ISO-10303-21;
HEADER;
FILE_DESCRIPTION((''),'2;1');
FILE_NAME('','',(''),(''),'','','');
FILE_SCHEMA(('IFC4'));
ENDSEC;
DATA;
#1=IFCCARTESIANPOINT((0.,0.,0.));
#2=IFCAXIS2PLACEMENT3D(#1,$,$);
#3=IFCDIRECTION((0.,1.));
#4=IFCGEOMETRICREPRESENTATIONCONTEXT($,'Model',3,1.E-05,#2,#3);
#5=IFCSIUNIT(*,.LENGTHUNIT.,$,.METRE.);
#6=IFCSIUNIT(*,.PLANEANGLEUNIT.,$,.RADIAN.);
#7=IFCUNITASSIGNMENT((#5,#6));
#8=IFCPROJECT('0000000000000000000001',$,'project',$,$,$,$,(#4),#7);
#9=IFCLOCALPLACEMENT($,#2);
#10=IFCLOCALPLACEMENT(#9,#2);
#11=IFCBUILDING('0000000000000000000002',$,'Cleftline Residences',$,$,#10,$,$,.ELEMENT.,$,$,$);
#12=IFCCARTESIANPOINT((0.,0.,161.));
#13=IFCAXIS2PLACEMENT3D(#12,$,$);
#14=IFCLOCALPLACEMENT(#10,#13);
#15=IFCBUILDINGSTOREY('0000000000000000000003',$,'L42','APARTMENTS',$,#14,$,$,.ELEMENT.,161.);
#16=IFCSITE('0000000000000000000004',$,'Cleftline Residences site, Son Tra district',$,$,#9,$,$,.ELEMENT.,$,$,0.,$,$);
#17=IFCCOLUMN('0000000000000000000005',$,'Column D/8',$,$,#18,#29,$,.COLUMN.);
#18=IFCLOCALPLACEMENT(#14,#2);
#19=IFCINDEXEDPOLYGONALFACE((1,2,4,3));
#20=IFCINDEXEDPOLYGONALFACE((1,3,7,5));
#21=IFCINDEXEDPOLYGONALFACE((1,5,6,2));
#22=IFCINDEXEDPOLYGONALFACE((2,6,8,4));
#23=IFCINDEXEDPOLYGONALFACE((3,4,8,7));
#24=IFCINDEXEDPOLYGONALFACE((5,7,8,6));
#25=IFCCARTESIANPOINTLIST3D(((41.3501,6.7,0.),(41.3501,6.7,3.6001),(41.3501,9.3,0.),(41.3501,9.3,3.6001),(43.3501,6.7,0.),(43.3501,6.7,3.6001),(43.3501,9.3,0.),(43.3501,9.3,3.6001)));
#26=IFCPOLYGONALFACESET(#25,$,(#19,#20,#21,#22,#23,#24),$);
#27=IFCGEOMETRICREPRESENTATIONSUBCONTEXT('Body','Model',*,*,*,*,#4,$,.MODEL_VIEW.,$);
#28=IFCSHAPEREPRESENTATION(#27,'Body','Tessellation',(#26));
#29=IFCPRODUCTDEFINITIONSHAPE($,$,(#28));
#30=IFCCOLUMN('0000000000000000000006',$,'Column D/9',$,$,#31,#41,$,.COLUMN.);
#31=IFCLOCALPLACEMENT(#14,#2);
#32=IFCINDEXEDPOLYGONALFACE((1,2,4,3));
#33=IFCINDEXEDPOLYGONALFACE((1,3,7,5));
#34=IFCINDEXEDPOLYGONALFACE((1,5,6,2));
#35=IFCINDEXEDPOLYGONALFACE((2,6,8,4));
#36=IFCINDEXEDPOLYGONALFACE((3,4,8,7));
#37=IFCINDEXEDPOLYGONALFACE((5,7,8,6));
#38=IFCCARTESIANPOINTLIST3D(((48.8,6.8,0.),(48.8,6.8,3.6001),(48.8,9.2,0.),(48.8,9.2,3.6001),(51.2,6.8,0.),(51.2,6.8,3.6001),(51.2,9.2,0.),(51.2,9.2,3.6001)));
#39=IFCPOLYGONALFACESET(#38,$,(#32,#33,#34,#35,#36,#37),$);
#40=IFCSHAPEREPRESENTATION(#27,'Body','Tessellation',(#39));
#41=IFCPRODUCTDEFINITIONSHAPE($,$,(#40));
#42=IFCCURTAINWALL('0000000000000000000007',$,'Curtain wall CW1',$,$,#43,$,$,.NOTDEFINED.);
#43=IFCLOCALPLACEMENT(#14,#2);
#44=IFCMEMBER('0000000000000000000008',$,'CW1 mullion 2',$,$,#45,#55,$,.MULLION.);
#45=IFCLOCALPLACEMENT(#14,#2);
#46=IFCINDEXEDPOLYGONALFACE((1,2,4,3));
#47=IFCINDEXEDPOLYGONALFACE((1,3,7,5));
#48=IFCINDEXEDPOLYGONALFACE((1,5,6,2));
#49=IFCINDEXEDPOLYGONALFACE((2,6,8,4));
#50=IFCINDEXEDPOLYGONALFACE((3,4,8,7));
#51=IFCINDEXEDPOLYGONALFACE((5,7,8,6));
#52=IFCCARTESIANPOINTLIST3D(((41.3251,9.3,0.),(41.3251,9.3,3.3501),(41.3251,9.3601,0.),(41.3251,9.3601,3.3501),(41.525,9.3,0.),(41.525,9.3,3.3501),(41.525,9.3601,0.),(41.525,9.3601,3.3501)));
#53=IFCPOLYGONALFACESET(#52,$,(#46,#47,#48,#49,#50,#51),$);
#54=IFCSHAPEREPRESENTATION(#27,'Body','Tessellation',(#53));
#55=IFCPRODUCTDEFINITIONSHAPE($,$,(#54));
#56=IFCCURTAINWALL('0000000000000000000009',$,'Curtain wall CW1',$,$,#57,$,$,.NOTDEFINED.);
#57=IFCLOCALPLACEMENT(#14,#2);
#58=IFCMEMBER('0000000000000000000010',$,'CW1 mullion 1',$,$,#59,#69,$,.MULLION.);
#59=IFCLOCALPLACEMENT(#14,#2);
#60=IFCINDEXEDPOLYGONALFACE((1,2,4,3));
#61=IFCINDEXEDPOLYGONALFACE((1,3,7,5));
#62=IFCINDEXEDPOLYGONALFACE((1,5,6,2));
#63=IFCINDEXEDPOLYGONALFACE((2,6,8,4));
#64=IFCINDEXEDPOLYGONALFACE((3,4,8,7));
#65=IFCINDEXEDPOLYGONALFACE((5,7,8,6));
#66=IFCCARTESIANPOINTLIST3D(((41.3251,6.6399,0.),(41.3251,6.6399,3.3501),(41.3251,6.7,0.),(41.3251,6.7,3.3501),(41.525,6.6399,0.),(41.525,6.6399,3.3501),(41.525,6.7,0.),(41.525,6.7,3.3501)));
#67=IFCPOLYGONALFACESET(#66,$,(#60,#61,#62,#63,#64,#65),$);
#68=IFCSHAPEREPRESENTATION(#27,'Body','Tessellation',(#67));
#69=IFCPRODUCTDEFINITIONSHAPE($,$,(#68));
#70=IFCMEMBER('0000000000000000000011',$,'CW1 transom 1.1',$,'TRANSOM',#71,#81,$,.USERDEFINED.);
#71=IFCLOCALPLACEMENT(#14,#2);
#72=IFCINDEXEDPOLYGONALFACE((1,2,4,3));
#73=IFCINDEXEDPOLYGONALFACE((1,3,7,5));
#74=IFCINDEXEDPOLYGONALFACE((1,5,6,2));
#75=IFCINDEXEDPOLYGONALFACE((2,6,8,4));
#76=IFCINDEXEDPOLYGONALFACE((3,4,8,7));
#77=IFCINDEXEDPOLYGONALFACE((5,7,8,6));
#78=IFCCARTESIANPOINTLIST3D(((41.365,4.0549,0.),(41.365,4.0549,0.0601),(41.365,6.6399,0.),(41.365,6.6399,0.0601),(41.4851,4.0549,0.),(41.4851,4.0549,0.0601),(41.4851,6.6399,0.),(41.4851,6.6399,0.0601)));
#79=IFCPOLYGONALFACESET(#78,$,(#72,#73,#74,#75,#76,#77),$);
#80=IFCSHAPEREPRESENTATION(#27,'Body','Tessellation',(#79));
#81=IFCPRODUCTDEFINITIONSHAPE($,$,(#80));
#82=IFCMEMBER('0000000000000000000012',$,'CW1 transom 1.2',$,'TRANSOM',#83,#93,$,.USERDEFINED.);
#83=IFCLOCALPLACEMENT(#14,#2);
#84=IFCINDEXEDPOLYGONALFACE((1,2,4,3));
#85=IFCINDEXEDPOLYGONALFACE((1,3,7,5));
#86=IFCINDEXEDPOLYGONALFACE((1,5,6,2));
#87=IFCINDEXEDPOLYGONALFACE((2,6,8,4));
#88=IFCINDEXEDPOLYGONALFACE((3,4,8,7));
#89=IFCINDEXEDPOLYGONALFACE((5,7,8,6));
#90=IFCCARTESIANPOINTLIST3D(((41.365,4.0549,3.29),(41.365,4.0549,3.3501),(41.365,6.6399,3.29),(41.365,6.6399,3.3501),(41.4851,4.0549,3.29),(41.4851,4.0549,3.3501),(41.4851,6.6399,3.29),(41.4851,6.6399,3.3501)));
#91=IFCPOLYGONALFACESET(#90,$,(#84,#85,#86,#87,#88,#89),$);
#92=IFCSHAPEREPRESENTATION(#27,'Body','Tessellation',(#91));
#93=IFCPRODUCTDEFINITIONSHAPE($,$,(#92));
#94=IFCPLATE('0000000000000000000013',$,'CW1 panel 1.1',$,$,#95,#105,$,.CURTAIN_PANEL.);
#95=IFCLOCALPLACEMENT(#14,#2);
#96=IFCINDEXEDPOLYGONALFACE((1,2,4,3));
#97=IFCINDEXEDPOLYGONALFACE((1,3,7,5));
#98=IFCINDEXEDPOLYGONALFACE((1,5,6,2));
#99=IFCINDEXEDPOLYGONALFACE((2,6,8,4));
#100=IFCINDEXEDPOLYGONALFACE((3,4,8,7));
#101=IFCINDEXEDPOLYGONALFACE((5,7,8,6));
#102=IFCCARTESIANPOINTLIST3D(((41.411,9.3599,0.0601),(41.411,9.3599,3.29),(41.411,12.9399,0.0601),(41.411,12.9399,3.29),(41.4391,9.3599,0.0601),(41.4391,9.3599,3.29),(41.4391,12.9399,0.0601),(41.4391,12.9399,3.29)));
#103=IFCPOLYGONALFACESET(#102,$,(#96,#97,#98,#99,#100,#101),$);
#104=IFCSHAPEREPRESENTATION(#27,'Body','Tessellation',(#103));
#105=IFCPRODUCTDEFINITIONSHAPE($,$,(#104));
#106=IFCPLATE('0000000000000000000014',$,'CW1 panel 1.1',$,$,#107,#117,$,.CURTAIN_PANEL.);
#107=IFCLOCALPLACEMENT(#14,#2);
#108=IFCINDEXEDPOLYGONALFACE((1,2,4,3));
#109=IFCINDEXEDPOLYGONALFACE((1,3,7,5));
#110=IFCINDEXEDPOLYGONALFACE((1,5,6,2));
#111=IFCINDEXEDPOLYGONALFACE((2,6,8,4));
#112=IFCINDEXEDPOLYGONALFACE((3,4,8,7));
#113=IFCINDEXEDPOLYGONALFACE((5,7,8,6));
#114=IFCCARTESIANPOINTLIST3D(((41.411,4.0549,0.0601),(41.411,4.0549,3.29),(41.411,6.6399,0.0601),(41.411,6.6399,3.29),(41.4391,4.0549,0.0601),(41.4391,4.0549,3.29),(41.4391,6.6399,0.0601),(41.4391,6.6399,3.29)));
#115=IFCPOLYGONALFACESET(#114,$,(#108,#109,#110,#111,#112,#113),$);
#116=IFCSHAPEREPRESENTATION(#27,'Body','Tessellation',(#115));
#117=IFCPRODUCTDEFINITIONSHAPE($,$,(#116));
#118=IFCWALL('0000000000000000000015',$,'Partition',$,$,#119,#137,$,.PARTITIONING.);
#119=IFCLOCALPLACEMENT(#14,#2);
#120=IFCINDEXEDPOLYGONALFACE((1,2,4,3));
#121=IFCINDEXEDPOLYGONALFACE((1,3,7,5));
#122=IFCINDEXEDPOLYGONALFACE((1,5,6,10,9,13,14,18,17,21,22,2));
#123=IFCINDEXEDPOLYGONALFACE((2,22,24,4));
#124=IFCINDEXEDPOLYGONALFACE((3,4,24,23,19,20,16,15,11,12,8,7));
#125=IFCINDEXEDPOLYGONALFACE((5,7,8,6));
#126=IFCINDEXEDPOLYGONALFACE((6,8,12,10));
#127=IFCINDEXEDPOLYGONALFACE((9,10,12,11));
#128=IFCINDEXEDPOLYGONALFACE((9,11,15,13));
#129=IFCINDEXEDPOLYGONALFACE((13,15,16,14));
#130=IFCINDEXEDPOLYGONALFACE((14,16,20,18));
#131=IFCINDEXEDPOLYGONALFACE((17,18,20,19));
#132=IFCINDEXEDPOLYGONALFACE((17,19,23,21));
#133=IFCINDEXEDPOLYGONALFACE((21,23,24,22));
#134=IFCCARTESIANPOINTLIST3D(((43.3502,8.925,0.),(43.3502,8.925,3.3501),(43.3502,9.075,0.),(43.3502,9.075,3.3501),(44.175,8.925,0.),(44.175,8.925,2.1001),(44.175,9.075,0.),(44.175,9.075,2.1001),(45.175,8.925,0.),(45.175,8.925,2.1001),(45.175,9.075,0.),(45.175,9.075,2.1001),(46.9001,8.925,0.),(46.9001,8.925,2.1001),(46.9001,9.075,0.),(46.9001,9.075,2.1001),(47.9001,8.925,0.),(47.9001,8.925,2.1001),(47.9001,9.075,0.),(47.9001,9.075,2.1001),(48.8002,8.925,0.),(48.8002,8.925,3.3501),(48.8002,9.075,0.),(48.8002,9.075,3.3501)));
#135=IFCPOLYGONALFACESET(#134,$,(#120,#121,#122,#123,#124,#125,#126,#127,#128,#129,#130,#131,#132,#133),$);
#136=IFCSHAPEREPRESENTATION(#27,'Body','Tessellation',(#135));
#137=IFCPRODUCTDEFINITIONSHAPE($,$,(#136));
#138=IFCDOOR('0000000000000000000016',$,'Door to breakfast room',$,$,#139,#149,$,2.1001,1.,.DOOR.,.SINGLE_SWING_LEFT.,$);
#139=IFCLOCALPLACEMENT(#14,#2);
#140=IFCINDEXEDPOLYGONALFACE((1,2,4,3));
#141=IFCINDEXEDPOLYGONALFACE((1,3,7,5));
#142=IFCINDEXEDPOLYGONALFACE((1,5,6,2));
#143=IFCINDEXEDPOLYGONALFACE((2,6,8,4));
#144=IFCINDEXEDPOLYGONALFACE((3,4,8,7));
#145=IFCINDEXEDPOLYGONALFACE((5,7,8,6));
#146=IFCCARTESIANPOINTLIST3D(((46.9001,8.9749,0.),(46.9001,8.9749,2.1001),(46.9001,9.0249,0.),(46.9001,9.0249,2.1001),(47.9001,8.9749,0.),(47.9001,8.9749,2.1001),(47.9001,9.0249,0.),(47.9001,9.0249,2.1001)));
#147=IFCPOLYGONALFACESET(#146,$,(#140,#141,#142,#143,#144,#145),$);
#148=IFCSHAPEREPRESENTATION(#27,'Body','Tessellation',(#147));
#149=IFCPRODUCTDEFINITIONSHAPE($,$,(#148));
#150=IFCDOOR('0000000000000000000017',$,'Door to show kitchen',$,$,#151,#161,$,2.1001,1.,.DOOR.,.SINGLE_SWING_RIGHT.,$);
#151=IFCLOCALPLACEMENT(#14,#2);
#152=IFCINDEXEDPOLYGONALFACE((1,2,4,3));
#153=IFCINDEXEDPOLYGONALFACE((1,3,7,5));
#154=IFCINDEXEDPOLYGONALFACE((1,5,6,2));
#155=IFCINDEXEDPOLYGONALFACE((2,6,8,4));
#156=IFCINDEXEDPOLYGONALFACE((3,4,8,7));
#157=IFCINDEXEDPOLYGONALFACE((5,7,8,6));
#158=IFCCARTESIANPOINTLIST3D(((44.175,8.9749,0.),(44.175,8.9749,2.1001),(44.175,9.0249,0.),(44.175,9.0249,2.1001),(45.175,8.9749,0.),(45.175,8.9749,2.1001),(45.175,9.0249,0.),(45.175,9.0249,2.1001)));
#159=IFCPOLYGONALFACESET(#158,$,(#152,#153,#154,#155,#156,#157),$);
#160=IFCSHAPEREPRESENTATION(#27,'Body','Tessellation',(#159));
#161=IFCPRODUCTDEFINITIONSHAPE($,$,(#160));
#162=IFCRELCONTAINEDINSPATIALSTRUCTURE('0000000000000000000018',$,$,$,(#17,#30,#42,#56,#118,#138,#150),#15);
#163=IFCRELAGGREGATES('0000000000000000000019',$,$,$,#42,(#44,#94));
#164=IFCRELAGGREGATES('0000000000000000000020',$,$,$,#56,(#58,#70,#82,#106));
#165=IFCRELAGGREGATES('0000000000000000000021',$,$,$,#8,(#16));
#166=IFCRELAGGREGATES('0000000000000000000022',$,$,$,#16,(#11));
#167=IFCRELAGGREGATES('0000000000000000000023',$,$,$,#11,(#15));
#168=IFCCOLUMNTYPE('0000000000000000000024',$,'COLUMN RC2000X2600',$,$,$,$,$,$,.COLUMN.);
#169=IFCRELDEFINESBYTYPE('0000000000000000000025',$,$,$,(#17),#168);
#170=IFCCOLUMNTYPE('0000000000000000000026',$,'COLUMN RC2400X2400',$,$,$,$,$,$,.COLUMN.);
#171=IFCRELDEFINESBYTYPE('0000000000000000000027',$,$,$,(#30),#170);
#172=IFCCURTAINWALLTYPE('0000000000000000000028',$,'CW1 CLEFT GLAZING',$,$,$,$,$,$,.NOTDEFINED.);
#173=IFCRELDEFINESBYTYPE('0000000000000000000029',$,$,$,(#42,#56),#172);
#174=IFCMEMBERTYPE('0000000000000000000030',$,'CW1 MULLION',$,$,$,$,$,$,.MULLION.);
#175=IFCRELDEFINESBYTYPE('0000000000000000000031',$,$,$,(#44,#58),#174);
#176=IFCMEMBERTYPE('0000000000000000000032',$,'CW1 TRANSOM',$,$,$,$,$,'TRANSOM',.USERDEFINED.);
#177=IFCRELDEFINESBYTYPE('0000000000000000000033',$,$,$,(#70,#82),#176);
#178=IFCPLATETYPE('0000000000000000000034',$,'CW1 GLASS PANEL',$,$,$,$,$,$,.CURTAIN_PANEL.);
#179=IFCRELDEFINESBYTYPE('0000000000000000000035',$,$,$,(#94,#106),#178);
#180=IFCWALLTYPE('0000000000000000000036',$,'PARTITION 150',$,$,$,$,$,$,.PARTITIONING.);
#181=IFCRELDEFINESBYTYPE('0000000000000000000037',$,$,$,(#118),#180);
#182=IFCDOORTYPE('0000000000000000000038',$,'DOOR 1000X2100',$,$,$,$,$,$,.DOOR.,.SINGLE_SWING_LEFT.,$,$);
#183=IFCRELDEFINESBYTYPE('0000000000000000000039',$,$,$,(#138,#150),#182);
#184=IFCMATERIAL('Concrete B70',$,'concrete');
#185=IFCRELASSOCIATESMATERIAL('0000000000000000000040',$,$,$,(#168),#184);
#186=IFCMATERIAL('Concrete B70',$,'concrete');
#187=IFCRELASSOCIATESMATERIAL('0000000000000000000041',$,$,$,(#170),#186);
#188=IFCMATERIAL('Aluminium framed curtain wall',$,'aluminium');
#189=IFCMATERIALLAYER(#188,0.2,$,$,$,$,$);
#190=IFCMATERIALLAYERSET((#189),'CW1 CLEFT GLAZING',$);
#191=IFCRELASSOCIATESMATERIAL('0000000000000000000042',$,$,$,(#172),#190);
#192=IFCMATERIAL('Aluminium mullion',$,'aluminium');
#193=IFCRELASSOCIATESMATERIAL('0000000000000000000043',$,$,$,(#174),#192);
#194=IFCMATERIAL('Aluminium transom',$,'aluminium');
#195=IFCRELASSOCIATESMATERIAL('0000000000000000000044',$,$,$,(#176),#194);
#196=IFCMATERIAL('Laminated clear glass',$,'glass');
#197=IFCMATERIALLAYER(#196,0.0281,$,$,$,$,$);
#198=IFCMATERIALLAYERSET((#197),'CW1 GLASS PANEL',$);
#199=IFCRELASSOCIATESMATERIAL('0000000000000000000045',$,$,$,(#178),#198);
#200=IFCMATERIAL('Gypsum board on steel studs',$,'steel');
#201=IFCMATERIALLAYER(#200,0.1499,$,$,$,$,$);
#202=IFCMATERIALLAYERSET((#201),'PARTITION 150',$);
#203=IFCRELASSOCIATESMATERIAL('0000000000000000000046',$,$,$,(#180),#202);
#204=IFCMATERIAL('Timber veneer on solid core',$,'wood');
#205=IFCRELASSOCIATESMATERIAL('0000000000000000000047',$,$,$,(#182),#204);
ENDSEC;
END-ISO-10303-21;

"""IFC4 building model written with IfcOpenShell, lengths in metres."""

from ifc_helpers import new_model, si_unit, direction, frame, frame_2d, origin, origin_2d, place, context, subcontext, project, spatial, rectangle, extrude, material, layer, layer_set, material_profile, profile_set, type_object, element, fill, aggregate, save


model = new_model("IFC4")

# Units and contexts
model_context = context("Model", 3, precision=1e-05, world=origin(), true_north=direction((0.0, 1.0)))
body_context = subcontext(model_context, "Body", "Model", "MODEL_VIEW")
ifc_project = project(units=[si_unit("LENGTHUNIT", "METRE"), si_unit("PLANEANGLEUNIT", "RADIAN")], contexts=[model_context])

# Site, building, storey
site_placement = place(None, origin())
site = spatial("IfcSite", under=ifc_project, at=site_placement, Name="Cleftline Residences site, Son Tra district", CompositionType="ELEMENT", RefElevation=0.0)
building_placement = place(site_placement, origin())
building = spatial("IfcBuilding", under=site, at=building_placement, Name="Cleftline Residences", CompositionType="ELEMENT")
storey_placement = place(building_placement, frame((0.0, 0.0, 161.0)))
storey = spatial("IfcBuildingStorey", under=building, at=storey_placement, Name="L42", Description="APARTMENTS", CompositionType="ELEMENT", Elevation=161.0)

# Columns
ifc_material_1 = material(Name="Concrete B70", Category="concrete")
ifc_material_profile_1 = material_profile(ifc_material_1, rectangle(XDim=2.0, YDim=2.6001, at=origin_2d()))
ifc_profile_set_1 = profile_set([ifc_material_profile_1], Name="Concrete B70")
column_type_1 = type_object("IfcColumnType", Name="COLUMN RC2000X2600", PredefinedType="COLUMN", material=ifc_profile_set_1)
column_1_placement = place(storey_placement, frame((42.3501, 8.0, 0.0), z_axis=(0.0, 0.0, 1.0), x_axis=(1.0, 0.0, 0.0)))
element("IfcColumn", 1, at=column_1_placement, inside=storey, type_object=column_type_1, Name="Column D/8", PredefinedType="COLUMN", context=body_context, shape_type="SweptSolid", body=[
    extrude(rectangle(XDim=2.0, YDim=2.6001, at=origin_2d()), origin(), (0.0, 0.0, 1.0), 3.6001),
])
ifc_material_2 = material(Name="Concrete B70", Category="concrete")
ifc_material_profile_2 = material_profile(ifc_material_2, rectangle(XDim=2.3999, YDim=2.3999, at=origin_2d()))
ifc_profile_set_2 = profile_set([ifc_material_profile_2], Name="Concrete B70")
column_type_2 = type_object("IfcColumnType", Name="COLUMN RC2400X2400", PredefinedType="COLUMN", material=ifc_profile_set_2)
column_2_placement = place(storey_placement, frame((50.0, 8.0, 0.0), z_axis=(0.0, 0.0, 1.0), x_axis=(1.0, 0.0, 0.0)))
element("IfcColumn", 2, at=column_2_placement, inside=storey, type_object=column_type_2, Name="Column D/9", PredefinedType="COLUMN", context=body_context, shape_type="SweptSolid", body=[
    extrude(rectangle(XDim=2.3999, YDim=2.3999, at=origin_2d()), origin(), (0.0, 0.0, 1.0), 3.6001),
])

# Curtain wall, member
ifc_material_3 = material(Name="Aluminium framed curtain wall", Category="aluminium")
ifc_layer_1 = layer(ifc_material_3, 0.2)
ifc_layer_set_1 = layer_set([ifc_layer_1], Name="CW1 CLEFT GLAZING")
curtain_wall_type = type_object("IfcCurtainWallType", Name="CW1 CLEFT GLAZING", PredefinedType="NOTDEFINED", material=ifc_layer_set_1)
curtain_wall_1_placement = place(storey_placement, origin())
curtain_wall_1 = element("IfcCurtainWall", 3, at=curtain_wall_1_placement, inside=storey, type_object=curtain_wall_type, Name="Curtain wall CW1", PredefinedType="NOTDEFINED")
ifc_material_4 = material(Name="Aluminium mullion", Category="aluminium")
ifc_material_profile_3 = material_profile(ifc_material_4, rectangle(XDim=0.2, YDim=0.0601, at=origin_2d()))
ifc_profile_set_3 = profile_set([ifc_material_profile_3], Name="Aluminium mullion")
member_type_1 = type_object("IfcMemberType", Name="CW1 MULLION", PredefinedType="MULLION", material=ifc_profile_set_3)
member_1_placement = place(storey_placement, frame((41.425, 9.3301, 0.0), z_axis=(0.0, 0.0, 1.0), x_axis=(1.0, 0.0, 0.0)))
member_1 = element("IfcMember", 4, at=member_1_placement, type_object=member_type_1, Name="CW1 mullion 2", PredefinedType="MULLION", context=body_context, shape_type="SweptSolid", body=[
    extrude(rectangle(XDim=0.2, YDim=0.0601, at=origin_2d()), origin(), (0.0, 0.0, 1.0), 3.3501),
])

# Curtain wall, members
curtain_wall_2_placement = place(storey_placement, origin())
curtain_wall_2 = element("IfcCurtainWall", 5, at=curtain_wall_2_placement, inside=storey, type_object=curtain_wall_type, Name="Curtain wall CW1", PredefinedType="NOTDEFINED")
member_2_placement = place(storey_placement, frame((41.425, 6.6699, 0.0), z_axis=(0.0, 0.0, 1.0), x_axis=(1.0, 0.0, 0.0)))
member_2 = element("IfcMember", 6, at=member_2_placement, type_object=member_type_1, Name="CW1 mullion 1", PredefinedType="MULLION", context=body_context, shape_type="SweptSolid", body=[
    extrude(rectangle(XDim=0.2, YDim=0.0601, at=origin_2d()), origin(), (0.0, 0.0, 1.0), 3.3501),
])
ifc_material_5 = material(Name="Aluminium transom", Category="aluminium")
ifc_material_profile_4 = material_profile(ifc_material_5, rectangle(XDim=0.1201, YDim=0.0601, at=origin_2d()))
ifc_profile_set_4 = profile_set([ifc_material_profile_4], Name="Aluminium transom")
member_type_2 = type_object("IfcMemberType", Name="CW1 TRANSOM", ElementType="TRANSOM", PredefinedType="USERDEFINED", material=ifc_profile_set_4)
member_3_placement = place(storey_placement, frame((41.425, 6.6399, 0.03), z_axis=(0.0, -1.0, 0.0), x_axis=(1.0, 0.0, 0.0)))
member_3 = element("IfcMember", 7, at=member_3_placement, type_object=member_type_2, Name="CW1 transom 1.1", ObjectType="TRANSOM", PredefinedType="USERDEFINED", context=body_context, shape_type="SweptSolid", body=[
    extrude(rectangle(XDim=0.1201, YDim=0.0601, at=origin_2d()), origin(), (0.0, 0.0, 1.0), 2.585),
])
member_4_placement = place(storey_placement, frame((41.425, 6.6399, 3.3201), z_axis=(0.0, -1.0, 0.0), x_axis=(1.0, 0.0, 0.0)))
member_4 = element("IfcMember", 8, at=member_4_placement, type_object=member_type_2, Name="CW1 transom 1.2", ObjectType="TRANSOM", PredefinedType="USERDEFINED", context=body_context, shape_type="SweptSolid", body=[
    extrude(rectangle(XDim=0.1201, YDim=0.0601, at=origin_2d()), origin(), (0.0, 0.0, 1.0), 2.585),
])

# Plates
ifc_material_6 = material(Name="Laminated clear glass", Category="glass")
ifc_layer_2 = layer(ifc_material_6, 0.0281)
ifc_layer_set_2 = layer_set([ifc_layer_2], Name="CW1 GLASS PANEL")
plate_type = type_object("IfcPlateType", Name="CW1 GLASS PANEL", PredefinedType="CURTAIN_PANEL", material=ifc_layer_set_2)
plate_1_placement = place(storey_placement, frame((41.425, 11.1499, 0.0601), z_axis=(0.0, 0.0, 1.0), x_axis=(0.0, -1.0, 0.0)))
plate_1 = element("IfcPlate", 9, at=plate_1_placement, type_object=plate_type, Name="CW1 panel 1.1", PredefinedType="CURTAIN_PANEL", context=body_context, shape_type="SweptSolid", body=[
    extrude(rectangle(XDim=3.5801, YDim=0.0281, at=origin_2d()), origin(), (0.0, 0.0, 1.0), 3.23),
])
aggregate(curtain_wall_1, [member_1, plate_1])
plate_2_placement = place(storey_placement, frame((41.425, 5.3474, 0.0601), z_axis=(0.0, 0.0, 1.0), x_axis=(0.0, -1.0, 0.0)))
plate_2 = element("IfcPlate", 10, at=plate_2_placement, type_object=plate_type, Name="CW1 panel 1.1", PredefinedType="CURTAIN_PANEL", context=body_context, shape_type="SweptSolid", body=[
    extrude(rectangle(XDim=2.585, YDim=0.0281, at=origin_2d()), origin(), (0.0, 0.0, 1.0), 3.23),
])
aggregate(curtain_wall_2, [member_2, member_3, member_4, plate_2])

# Wall, openings, doors
ifc_material_7 = material(Name="Gypsum board on steel studs", Category="steel")
ifc_layer_3 = layer(ifc_material_7, 0.1499)
ifc_layer_set_3 = layer_set([ifc_layer_3], Name="PARTITION 150")
wall_type = type_object("IfcWallType", Name="PARTITION 150", PredefinedType="PARTITIONING", material=ifc_layer_set_3)
wall_1_placement = place(storey_placement, frame((43.3501, 9.0, 0.0), z_axis=(0.0, 0.0, 1.0), x_axis=(1.0, 0.0, 0.0)))
wall_1 = element("IfcWall", 11, at=wall_1_placement, inside=storey, type_object=wall_type, Name="Partition", PredefinedType="PARTITIONING", context=body_context, shape_type="SweptSolid", body=[
    extrude(rectangle(XDim=5.45, YDim=0.1499, at=frame_2d((2.7251, 0.0))), origin(), (0.0, 0.0, 1.0), 3.3501),
])
opening_1_placement = place(wall_1_placement, frame((3.55, 0.0, 0.0)))
opening_1 = element("IfcOpeningElement", 12, at=opening_1_placement, cuts=wall_1, PredefinedType="OPENING", context=body_context, shape_type="SweptSolid", body=[
    extrude(rectangle(XDim=1.0, YDim=2.1001, at=frame_2d((0.5, 1.05))), frame((0.0, 0.085, 0.0), z_axis=(0.0, -1.0, 0.0), x_axis=(1.0, 0.0, 0.0)), (0.0, 0.0, 1.0), 0.1699),
])
opening_2_placement = place(wall_1_placement, frame((0.825, 0.0, 0.0)))
opening_2 = element("IfcOpeningElement", 13, at=opening_2_placement, cuts=wall_1, PredefinedType="OPENING", context=body_context, shape_type="SweptSolid", body=[
    extrude(rectangle(XDim=1.0, YDim=2.1001, at=frame_2d((0.5, 1.05))), frame((0.0, 0.085, 0.0), z_axis=(0.0, -1.0, 0.0), x_axis=(1.0, 0.0, 0.0)), (0.0, 0.0, 1.0), 0.1699),
])
ifc_material_8 = material(Name="Timber veneer on solid core", Category="wood")
door_type_1 = type_object("IfcDoorType", Name="DOOR 1000X2100", OperationType="SINGLE_SWING_LEFT", PredefinedType="DOOR", material=ifc_material_8)
door_1_placement = place(opening_1_placement, origin())
door_1 = element("IfcDoor", 14, at=door_1_placement, inside=storey, type_object=door_type_1, Name="Door to breakfast room", OperationType="SINGLE_SWING_LEFT", OverallHeight=2.1001, OverallWidth=1.0, PredefinedType="DOOR", context=body_context, shape_type="SweptSolid", body=[
    extrude(rectangle(XDim=1.0, YDim=2.1001, at=frame_2d((0.5, 1.05))), frame((0.0, 0.0249, 0.0), z_axis=(0.0, -1.0, 0.0), x_axis=(1.0, 0.0, 0.0)), (0.0, 0.0, 1.0), 0.05),
])
fill(opening_1, door_1)
door_2_placement = place(opening_2_placement, origin())
door_2 = element("IfcDoor", 15, at=door_2_placement, inside=storey, type_object=door_type_1, Name="Door to show kitchen", OperationType="SINGLE_SWING_RIGHT", OverallHeight=2.1001, OverallWidth=1.0, PredefinedType="DOOR", context=body_context, shape_type="SweptSolid", body=[
    extrude(rectangle(XDim=1.0, YDim=2.1001, at=frame_2d((0.5, 1.05))), frame((0.0, 0.0249, 0.0), z_axis=(0.0, -1.0, 0.0), x_axis=(1.0, 0.0, 0.0)), (0.0, 0.0, 1.0), 0.05),
])
fill(opening_2, door_2)

save(model, "model.ifc")
